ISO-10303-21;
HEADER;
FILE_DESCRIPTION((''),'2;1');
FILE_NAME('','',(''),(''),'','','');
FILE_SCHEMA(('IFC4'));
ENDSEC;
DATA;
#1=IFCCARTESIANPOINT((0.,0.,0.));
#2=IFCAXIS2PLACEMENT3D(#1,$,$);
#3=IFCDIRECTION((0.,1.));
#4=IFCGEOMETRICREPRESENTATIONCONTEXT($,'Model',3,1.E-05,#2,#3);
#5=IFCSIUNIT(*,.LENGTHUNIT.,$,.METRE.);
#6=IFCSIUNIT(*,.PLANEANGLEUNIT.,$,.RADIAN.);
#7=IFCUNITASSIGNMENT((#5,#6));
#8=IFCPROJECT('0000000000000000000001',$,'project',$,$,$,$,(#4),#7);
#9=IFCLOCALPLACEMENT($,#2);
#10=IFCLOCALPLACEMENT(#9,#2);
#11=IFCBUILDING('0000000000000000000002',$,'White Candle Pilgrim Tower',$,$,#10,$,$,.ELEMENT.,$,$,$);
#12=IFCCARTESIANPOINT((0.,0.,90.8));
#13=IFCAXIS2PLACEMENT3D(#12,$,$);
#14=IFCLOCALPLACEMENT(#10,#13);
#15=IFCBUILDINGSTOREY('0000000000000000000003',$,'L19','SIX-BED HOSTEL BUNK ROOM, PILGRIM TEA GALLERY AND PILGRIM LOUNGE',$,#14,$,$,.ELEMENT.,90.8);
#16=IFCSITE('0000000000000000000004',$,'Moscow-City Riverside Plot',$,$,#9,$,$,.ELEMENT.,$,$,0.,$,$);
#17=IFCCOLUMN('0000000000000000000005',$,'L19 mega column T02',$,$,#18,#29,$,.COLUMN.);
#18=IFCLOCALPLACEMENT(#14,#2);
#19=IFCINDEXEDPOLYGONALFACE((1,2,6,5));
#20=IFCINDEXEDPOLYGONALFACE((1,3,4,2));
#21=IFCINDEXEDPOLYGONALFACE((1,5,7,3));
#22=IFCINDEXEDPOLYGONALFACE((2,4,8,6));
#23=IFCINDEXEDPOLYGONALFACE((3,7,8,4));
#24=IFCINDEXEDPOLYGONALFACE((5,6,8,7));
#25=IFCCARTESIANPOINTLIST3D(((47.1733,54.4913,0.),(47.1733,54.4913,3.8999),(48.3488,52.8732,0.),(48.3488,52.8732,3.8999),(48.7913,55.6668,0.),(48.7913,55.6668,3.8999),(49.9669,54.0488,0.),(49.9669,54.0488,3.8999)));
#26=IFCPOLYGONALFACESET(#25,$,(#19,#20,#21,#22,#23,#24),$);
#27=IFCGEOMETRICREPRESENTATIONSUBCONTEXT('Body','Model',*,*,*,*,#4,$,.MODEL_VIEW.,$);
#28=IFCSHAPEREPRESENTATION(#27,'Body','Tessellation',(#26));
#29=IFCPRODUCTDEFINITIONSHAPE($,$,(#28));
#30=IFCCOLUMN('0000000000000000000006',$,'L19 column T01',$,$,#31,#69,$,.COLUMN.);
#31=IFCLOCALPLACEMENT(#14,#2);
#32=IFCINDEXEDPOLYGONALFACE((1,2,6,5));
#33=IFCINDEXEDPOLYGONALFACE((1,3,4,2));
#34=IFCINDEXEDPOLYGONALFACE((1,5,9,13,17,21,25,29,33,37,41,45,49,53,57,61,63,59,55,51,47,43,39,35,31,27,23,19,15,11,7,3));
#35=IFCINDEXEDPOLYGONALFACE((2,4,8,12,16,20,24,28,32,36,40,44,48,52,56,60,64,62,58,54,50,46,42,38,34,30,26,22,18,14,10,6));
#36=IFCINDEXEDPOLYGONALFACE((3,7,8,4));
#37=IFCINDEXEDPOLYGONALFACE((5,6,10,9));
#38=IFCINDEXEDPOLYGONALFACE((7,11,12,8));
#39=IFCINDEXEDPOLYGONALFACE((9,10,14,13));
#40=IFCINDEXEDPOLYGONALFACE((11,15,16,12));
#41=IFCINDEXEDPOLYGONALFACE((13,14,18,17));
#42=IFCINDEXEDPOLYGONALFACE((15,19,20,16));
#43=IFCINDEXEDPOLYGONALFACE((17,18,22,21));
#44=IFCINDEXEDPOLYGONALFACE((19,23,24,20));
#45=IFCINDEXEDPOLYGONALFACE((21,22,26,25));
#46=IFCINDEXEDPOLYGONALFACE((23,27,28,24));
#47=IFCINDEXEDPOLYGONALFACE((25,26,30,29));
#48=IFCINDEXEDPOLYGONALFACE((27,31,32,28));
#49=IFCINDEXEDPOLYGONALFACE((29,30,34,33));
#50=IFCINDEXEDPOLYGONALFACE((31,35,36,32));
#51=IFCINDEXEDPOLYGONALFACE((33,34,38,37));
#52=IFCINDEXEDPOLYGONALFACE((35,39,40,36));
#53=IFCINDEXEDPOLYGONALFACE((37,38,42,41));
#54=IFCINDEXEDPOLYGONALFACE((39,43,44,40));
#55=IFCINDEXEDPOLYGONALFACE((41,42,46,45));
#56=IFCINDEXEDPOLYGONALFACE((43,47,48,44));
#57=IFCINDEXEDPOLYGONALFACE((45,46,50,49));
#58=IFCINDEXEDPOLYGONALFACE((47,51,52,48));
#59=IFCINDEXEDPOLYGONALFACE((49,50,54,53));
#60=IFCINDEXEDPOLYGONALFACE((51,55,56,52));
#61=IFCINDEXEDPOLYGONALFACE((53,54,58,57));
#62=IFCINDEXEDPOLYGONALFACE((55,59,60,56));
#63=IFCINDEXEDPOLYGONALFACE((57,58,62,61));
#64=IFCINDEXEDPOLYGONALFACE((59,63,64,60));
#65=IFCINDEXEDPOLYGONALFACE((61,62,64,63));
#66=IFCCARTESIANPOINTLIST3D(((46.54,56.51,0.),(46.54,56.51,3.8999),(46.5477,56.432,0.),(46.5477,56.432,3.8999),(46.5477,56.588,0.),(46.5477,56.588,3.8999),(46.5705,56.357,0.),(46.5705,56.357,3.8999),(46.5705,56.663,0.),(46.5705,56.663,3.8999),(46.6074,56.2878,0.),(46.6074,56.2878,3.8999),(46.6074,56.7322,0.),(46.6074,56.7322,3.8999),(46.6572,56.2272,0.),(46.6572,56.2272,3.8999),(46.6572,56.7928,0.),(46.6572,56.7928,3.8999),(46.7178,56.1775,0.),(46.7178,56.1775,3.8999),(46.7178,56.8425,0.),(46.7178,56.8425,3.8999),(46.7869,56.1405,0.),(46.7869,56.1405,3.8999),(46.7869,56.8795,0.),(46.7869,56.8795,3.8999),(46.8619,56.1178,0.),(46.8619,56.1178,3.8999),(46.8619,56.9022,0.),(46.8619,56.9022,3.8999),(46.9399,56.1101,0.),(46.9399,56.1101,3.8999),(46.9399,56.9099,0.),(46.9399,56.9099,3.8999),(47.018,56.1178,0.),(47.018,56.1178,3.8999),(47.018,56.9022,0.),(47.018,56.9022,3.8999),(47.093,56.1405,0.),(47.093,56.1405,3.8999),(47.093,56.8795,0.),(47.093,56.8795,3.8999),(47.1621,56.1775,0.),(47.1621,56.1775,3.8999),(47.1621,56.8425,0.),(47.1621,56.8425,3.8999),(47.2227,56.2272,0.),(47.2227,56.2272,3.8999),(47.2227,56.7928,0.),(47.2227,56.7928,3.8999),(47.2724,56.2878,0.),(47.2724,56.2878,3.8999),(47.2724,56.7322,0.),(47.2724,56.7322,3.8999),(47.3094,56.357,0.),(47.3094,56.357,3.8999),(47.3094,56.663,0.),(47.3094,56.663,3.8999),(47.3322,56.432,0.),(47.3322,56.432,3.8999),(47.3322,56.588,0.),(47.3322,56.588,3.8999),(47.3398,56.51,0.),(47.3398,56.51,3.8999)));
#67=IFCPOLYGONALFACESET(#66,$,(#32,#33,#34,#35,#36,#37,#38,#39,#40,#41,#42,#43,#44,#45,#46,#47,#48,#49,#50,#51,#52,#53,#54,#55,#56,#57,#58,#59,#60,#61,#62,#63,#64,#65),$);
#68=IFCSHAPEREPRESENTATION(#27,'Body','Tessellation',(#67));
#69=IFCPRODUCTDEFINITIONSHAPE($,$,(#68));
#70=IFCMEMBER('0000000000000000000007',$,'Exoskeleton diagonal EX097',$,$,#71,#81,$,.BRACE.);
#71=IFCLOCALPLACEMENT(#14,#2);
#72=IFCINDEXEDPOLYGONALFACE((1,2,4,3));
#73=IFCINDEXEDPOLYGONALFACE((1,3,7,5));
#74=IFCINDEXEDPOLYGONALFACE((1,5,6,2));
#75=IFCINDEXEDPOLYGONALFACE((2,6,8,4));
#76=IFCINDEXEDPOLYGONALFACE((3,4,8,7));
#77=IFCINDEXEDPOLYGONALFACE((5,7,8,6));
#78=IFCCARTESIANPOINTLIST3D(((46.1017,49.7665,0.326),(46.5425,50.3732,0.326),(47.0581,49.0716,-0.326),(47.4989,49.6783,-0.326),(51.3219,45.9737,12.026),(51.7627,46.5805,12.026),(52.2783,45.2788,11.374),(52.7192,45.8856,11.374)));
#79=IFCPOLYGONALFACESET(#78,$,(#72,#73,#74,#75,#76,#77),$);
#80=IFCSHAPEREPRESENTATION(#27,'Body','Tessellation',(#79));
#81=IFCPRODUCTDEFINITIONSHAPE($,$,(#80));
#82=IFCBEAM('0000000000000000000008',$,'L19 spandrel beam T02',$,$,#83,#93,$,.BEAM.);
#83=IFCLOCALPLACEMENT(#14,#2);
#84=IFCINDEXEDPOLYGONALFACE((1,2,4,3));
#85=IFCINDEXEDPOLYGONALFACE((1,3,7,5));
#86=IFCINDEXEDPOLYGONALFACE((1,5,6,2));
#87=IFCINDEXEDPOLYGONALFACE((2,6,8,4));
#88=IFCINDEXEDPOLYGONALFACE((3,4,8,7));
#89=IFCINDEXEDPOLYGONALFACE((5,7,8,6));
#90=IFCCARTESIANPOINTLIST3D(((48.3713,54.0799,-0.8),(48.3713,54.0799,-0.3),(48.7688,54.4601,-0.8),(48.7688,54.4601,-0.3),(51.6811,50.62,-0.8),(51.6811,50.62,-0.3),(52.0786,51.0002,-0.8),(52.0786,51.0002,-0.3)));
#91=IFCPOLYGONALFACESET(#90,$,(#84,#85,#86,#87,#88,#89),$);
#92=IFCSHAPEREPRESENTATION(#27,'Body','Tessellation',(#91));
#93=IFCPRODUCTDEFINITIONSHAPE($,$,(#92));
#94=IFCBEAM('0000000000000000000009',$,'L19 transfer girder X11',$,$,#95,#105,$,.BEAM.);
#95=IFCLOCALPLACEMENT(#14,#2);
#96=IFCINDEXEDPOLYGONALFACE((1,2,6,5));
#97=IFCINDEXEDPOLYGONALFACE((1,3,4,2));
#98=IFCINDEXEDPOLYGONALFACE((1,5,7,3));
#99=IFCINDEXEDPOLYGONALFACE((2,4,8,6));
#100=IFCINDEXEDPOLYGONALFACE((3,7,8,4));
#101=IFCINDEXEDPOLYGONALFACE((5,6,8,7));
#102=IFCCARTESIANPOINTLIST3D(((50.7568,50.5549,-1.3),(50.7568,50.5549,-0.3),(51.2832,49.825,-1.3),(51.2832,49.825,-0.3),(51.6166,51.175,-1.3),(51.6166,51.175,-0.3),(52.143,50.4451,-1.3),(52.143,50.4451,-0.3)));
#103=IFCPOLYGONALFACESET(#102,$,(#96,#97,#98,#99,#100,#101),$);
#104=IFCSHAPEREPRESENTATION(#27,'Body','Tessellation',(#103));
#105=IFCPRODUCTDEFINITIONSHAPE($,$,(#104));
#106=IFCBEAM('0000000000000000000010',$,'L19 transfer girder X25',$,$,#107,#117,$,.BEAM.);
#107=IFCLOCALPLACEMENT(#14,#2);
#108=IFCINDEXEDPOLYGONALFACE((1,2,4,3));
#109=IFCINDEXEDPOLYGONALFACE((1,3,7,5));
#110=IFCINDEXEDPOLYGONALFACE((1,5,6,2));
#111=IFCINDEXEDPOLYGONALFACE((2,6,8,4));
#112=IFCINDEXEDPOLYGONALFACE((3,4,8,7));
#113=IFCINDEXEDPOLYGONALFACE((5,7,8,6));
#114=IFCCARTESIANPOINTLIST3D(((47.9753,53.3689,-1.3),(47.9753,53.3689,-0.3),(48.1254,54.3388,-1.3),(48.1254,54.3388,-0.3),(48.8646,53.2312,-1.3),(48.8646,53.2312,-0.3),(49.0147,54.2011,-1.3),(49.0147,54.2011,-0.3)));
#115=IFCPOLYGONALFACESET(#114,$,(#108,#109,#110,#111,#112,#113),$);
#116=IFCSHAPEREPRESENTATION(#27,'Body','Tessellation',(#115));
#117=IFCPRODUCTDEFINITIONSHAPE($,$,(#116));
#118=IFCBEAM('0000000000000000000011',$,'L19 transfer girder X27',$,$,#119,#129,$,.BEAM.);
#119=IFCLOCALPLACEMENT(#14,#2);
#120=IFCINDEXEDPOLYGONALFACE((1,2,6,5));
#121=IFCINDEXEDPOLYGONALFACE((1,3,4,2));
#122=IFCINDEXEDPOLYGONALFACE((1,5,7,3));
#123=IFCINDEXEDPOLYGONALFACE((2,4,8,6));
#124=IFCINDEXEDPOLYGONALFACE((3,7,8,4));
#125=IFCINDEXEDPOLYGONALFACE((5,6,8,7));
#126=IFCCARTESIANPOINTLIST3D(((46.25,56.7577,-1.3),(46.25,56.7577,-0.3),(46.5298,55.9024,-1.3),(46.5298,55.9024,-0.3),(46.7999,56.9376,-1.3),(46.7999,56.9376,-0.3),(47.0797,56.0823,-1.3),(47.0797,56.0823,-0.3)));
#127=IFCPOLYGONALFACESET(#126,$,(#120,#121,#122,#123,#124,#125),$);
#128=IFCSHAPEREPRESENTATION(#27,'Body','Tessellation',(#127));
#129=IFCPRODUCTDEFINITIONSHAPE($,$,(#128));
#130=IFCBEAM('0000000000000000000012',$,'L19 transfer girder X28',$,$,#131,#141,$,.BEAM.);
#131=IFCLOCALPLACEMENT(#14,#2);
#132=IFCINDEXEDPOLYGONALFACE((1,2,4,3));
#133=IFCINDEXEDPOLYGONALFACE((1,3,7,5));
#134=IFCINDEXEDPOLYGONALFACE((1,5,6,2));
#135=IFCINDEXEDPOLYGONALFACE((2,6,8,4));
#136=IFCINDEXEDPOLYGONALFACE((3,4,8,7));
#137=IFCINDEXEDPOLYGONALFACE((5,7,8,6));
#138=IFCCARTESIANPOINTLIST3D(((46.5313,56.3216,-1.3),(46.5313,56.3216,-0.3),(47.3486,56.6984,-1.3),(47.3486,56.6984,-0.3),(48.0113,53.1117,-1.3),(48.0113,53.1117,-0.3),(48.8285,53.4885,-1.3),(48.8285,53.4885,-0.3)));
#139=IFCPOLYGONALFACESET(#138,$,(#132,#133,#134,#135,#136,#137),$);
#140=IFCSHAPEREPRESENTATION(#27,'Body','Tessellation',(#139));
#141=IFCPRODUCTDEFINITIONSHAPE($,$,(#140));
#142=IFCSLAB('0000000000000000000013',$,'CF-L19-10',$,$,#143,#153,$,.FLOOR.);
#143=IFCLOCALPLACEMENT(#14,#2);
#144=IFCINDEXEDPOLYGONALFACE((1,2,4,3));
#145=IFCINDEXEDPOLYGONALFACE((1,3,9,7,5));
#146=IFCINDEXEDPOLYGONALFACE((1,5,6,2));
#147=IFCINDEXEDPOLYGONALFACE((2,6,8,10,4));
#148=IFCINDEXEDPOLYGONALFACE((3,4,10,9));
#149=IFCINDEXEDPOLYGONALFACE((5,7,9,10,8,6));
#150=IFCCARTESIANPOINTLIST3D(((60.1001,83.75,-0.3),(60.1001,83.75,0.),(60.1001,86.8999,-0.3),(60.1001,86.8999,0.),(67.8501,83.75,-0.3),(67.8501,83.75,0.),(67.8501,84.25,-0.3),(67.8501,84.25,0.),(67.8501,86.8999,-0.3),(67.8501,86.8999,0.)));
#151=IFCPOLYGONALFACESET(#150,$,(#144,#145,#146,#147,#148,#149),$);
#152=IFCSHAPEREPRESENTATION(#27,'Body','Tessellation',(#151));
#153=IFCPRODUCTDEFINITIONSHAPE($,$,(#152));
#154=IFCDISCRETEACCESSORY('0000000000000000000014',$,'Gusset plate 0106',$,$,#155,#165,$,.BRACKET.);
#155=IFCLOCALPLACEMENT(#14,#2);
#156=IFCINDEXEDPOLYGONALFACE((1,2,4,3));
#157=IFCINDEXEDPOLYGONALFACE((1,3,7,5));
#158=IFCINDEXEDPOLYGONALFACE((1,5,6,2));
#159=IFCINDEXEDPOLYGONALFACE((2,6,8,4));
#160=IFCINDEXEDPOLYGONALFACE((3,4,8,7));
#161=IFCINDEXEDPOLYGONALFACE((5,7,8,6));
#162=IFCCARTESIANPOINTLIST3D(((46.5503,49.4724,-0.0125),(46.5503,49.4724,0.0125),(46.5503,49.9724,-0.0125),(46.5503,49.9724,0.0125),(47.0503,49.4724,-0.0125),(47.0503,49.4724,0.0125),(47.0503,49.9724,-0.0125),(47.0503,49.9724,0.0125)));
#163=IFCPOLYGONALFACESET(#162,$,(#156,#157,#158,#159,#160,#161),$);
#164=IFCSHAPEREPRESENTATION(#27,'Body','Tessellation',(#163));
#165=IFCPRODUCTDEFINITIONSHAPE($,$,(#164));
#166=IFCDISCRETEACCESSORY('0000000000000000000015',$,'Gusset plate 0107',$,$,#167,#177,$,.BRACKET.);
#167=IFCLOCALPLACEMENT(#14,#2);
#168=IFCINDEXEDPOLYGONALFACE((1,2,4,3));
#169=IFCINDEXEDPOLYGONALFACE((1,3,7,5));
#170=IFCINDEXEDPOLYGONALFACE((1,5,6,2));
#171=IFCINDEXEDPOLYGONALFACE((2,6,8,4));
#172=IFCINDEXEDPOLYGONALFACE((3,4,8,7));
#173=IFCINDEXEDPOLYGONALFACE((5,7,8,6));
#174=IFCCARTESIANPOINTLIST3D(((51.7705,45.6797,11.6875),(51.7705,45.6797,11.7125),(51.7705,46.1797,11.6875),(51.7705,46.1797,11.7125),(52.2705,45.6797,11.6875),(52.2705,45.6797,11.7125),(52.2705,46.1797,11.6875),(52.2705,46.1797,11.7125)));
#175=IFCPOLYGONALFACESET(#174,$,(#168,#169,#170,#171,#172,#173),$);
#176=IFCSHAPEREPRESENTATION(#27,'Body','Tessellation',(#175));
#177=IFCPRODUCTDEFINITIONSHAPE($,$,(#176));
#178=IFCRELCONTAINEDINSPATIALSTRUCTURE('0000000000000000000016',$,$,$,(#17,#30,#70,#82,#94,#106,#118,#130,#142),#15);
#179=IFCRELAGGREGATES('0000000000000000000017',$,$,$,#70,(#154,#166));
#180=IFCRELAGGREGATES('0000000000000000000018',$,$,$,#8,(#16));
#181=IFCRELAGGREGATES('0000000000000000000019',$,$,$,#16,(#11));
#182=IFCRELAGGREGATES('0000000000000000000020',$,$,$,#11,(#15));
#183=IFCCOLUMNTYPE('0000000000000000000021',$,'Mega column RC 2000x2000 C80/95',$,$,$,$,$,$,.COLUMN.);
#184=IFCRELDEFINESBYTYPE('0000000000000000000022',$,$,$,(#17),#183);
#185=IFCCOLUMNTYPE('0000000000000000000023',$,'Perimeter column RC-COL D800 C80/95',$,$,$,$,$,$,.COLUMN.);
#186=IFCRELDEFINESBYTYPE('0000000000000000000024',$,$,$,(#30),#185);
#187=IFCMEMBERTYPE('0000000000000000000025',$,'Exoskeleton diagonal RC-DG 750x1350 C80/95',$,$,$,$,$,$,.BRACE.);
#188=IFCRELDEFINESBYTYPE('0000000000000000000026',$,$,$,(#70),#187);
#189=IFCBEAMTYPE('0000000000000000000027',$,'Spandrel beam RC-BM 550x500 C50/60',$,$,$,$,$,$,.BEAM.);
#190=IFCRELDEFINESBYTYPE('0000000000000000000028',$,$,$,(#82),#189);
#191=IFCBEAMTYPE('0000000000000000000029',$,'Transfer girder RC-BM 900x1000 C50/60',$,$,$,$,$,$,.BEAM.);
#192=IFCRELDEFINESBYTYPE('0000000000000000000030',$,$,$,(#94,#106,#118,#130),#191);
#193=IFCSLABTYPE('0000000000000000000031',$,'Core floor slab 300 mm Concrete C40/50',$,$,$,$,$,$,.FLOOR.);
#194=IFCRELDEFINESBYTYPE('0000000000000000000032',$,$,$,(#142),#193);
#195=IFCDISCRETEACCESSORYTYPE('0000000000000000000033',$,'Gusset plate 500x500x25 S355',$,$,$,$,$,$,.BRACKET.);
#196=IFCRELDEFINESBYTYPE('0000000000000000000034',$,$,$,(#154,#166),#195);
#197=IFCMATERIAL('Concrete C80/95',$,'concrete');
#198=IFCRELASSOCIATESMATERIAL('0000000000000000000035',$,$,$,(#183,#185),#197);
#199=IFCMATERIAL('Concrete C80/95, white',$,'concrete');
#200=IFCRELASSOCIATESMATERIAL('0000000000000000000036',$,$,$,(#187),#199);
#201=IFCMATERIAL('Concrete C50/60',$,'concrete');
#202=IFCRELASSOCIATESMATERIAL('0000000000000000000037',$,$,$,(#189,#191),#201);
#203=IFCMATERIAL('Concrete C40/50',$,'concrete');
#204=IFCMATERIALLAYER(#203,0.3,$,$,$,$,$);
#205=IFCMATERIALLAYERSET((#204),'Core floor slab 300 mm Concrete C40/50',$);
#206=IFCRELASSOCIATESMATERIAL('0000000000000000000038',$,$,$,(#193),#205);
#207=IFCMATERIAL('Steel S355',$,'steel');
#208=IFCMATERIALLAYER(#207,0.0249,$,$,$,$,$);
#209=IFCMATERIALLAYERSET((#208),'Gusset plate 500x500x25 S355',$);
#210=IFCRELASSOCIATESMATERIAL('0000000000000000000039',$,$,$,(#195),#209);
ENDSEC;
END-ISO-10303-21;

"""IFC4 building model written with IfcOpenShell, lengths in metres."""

from ifc_helpers import new_model, si_unit, direction, frame, origin, origin_2d, place, context, subcontext, project, spatial, polyline, rectangle, circle, outline, extrude, material, layer, layer_set, material_profile, profile_set, type_object, element, aggregate, save


model = new_model("IFC4")

# Units and contexts
model_context = context("Model", 3, precision=1e-05, world=origin(), true_north=direction((0.0, 1.0)))
body_context = subcontext(model_context, "Body", "Model", "MODEL_VIEW")
ifc_project = project(units=[si_unit("LENGTHUNIT", "METRE"), si_unit("PLANEANGLEUNIT", "RADIAN")], contexts=[model_context])

# Site, building, storey
site_placement = place(None, origin())
site = spatial("IfcSite", under=ifc_project, at=site_placement, Name="Moscow-City Riverside Plot", CompositionType="ELEMENT", RefElevation=0.0)
building_placement = place(site_placement, origin())
building = spatial("IfcBuilding", under=site, at=building_placement, Name="White Candle Pilgrim Tower", CompositionType="ELEMENT")
storey_placement = place(building_placement, frame((0.0, 0.0, 90.8)))
storey = spatial("IfcBuildingStorey", under=building, at=storey_placement, Name="L19", Description="SIX-BED HOSTEL BUNK ROOM, PILGRIM TEA GALLERY AND PILGRIM LOUNGE", CompositionType="ELEMENT", Elevation=90.8)

# Columns
ifc_material_1 = material(Name="Concrete C80/95", Category="concrete")
ifc_material_profile_1 = material_profile(ifc_material_1, rectangle(XDim=2.0, YDim=2.0, at=origin_2d()), Name="RC 2000x2000")
ifc_profile_set_1 = profile_set([ifc_material_profile_1], Name="Concrete C80/95")
column_type_1 = type_object("IfcColumnType", Name="Mega column RC 2000x2000 C80/95", PredefinedType="COLUMN", material=ifc_profile_set_1)
column_1_placement = place(storey_placement, frame((48.5701, 54.27, 0.0), z_axis=(0.0, 0.0, 1.0), x_axis=(-0.809017, -0.587785, 0.0)))
element("IfcColumn", 1, at=column_1_placement, inside=storey, type_object=column_type_1, Name="L19 mega column T02", PredefinedType="COLUMN", context=body_context, shape_type="SweptSolid", body=[
    extrude(rectangle(XDim=2.0, YDim=2.0, at=origin_2d()), origin(), (0.0, 0.0, 1.0), 3.8999),
])
ifc_material_profile_2 = material_profile(ifc_material_1, circle(Radius=0.3999, at=origin_2d()), Name="RC-COL D800")
ifc_profile_set_2 = profile_set([ifc_material_profile_2], Name="Concrete C80/95")
column_type_2 = type_object("IfcColumnType", Name="Perimeter column RC-COL D800 C80/95", PredefinedType="COLUMN", material=ifc_profile_set_2)
column_2_placement = place(storey_placement, frame((46.9399, 56.51, 0.0), z_axis=(0.0, 0.0, 1.0), x_axis=(1.0, 0.0, 0.0)))
element("IfcColumn", 2, at=column_2_placement, inside=storey, type_object=column_type_2, Name="L19 column T01", PredefinedType="COLUMN", context=body_context, shape_type="SweptSolid", body=[
    extrude(circle(Radius=0.3999, at=origin_2d()), origin(), (0.0, 0.0, 1.0), 3.8999),
])

# Member
ifc_material_2 = material(Name="Concrete C80/95, white", Category="concrete")
ifc_material_profile_3 = material_profile(ifc_material_2, rectangle(XDim=0.75, YDim=1.3501, at=origin_2d()), Name="RC-DG 750x1350")
ifc_profile_set_3 = profile_set([ifc_material_profile_3], Name="Concrete C80/95, white")
member_type = type_object("IfcMemberType", Name="Exoskeleton diagonal RC-DG 750x1350 C80/95", PredefinedType="BRACE", material=ifc_profile_set_3)
member_placement = place(storey_placement, frame((46.8003, 49.7224, 0.0), z_axis=(0.390697, -0.283859, 0.87566), x_axis=(0.587787, 0.809016, 0.0)))
member = element("IfcMember", 3, at=member_placement, inside=storey, type_object=member_type, Name="Exoskeleton diagonal EX097", PredefinedType="BRACE", context=body_context, shape_type="SweptSolid", body=[
    extrude(rectangle(XDim=0.75, YDim=1.3501, at=origin_2d()), origin(), (0.0, 0.0, 1.0), 13.3613),
])

# Beams
ifc_material_3 = material(Name="Concrete C50/60", Category="concrete")
ifc_material_profile_4 = material_profile(ifc_material_3, rectangle(XDim=0.55, YDim=0.5, at=origin_2d()), Name="RC-BM 550x500")
ifc_profile_set_4 = profile_set([ifc_material_profile_4], Name="Concrete C50/60")
beam_type_1 = type_object("IfcBeamType", Name="Spandrel beam RC-BM 550x500 C50/60", PredefinedType="BEAM", material=ifc_profile_set_4)
beam_1_placement = place(storey_placement, frame((48.5701, 54.27, -0.55), z_axis=(0.691254, -0.722612, 0.0), x_axis=(0.722612, 0.691254, 0.0)))
element("IfcBeam", 4, at=beam_1_placement, inside=storey, type_object=beam_type_1, Name="L19 spandrel beam T02", PredefinedType="BEAM", context=body_context, shape_type="SweptSolid", body=[
    extrude(rectangle(XDim=0.55, YDim=0.5, at=origin_2d()), origin(), (0.0, 0.0, 1.0), 4.7881),
])
ifc_material_profile_5 = material_profile(ifc_material_3, rectangle(XDim=0.8999, YDim=1.0, at=origin_2d()), Name="RC-BM 900x1000")
ifc_profile_set_5 = profile_set([ifc_material_profile_5], Name="Concrete C50/60")
beam_type_2 = type_object("IfcBeamType", Name="Transfer girder RC-BM 900x1000 C50/60", PredefinedType="BEAM", material=ifc_profile_set_5)
beam_2_placement = place(storey_placement, frame((51.02, 50.1899, -0.8), z_axis=(0.81108, 0.584935, 0.0), x_axis=(-0.584935, 0.81108, 0.0)))
element("IfcBeam", 5, at=beam_2_placement, inside=storey, type_object=beam_type_2, Name="L19 transfer girder X11", PredefinedType="BEAM", context=body_context, shape_type="SweptSolid", body=[
    extrude(rectangle(XDim=0.8999, YDim=1.0, at=origin_2d()), origin(), (0.0, 0.0, 1.0), 1.0601),
])
beam_3_placement = place(storey_placement, frame((48.4199, 53.3, -0.8), z_axis=(0.152973, 0.98823, 0.0), x_axis=(-0.98823, 0.152973, 0.0)))
element("IfcBeam", 6, at=beam_3_placement, inside=storey, type_object=beam_type_2, Name="L19 transfer girder X25", PredefinedType="BEAM", context=body_context, shape_type="SweptSolid", body=[
    extrude(rectangle(XDim=0.8999, YDim=1.0, at=origin_2d()), origin(), (0.0, 0.0, 1.0), 0.9814),
])
beam_4_placement = place(storey_placement, frame((46.3899, 56.3301, -0.8), z_axis=(0.95044, 0.310907, 0.0), x_axis=(-0.310907, 0.95044, 0.0)))
element("IfcBeam", 7, at=beam_4_placement, inside=storey, type_object=beam_type_2, Name="L19 transfer girder X27", PredefinedType="BEAM", context=body_context, shape_type="SweptSolid", body=[
    extrude(rectangle(XDim=0.8999, YDim=1.0, at=origin_2d()), origin(), (0.0, 0.0, 1.0), 0.5786),
])
beam_5_placement = place(storey_placement, frame((46.9399, 56.51, -0.8), z_axis=(0.418699, -0.908125, 0.0), x_axis=(0.908125, 0.418699, 0.0)))
element("IfcBeam", 8, at=beam_5_placement, inside=storey, type_object=beam_type_2, Name="L19 transfer girder X28", PredefinedType="BEAM", context=body_context, shape_type="SweptSolid", body=[
    extrude(rectangle(XDim=0.8999, YDim=1.0, at=origin_2d()), origin(), (0.0, 0.0, 1.0), 3.5347),
])

# Slab
ifc_material_4 = material(Name="Concrete C40/50", Category="concrete")
ifc_layer_1 = layer(ifc_material_4, 0.3)
ifc_layer_set_1 = layer_set([ifc_layer_1], Name="Core floor slab 300 mm Concrete C40/50")
slab_type_1 = type_object("IfcSlabType", Name="Core floor slab 300 mm Concrete C40/50", PredefinedType="FLOOR", material=ifc_layer_set_1)
slab_1_placement = place(storey_placement, frame((0.0, 0.0, -0.3)))
element("IfcSlab", 9, at=slab_1_placement, inside=storey, type_object=slab_type_1, Name="CF-L19-10", PredefinedType="FLOOR", context=body_context, shape_type="SweptSolid", body=[
    extrude(outline(polyline([(60.1001, 86.8999), (67.8501, 86.8999), (67.8501, 84.25), (67.8501, 83.75), (60.1001, 83.75), (60.1001, 86.8999)])), origin(), (0.0, 0.0, 1.0), 0.3),
])

# Discrete accessories
ifc_material_5 = material(Name="Steel S355", Category="steel")
ifc_layer_2 = layer(ifc_material_5, 0.0249)
ifc_layer_set_2 = layer_set([ifc_layer_2], Name="Gusset plate 500x500x25 S355")
discrete_accessory_type = type_object("IfcDiscreteAccessoryType", Name="Gusset plate 500x500x25 S355", PredefinedType="BRACKET", material=ifc_layer_set_2)
discrete_accessory_1_placement = place(storey_placement, frame((46.8003, 49.7224, -0.0125), z_axis=(0.0, 0.0, 1.0), x_axis=(1.0, 0.0, 0.0)))
discrete_accessory_1 = element("IfcDiscreteAccessory", 10, at=discrete_accessory_1_placement, type_object=discrete_accessory_type, Name="Gusset plate 0106", PredefinedType="BRACKET", context=body_context, shape_type="SweptSolid", body=[
    extrude(rectangle(XDim=0.5, YDim=0.5, at=origin_2d()), origin(), (0.0, 0.0, 1.0), 0.0249),
])
placement = place(building_placement, frame((0.0, 0.0, 102.5)))
discrete_accessory_2_placement = place(placement, frame((52.0205, 45.9297, -0.0125), z_axis=(0.0, 0.0, 1.0), x_axis=(1.0, 0.0, 0.0)))
discrete_accessory_2 = element("IfcDiscreteAccessory", 11, at=discrete_accessory_2_placement, type_object=discrete_accessory_type, Name="Gusset plate 0107", PredefinedType="BRACKET", context=body_context, shape_type="SweptSolid", body=[
    extrude(rectangle(XDim=0.5, YDim=0.5, at=origin_2d()), origin(), (0.0, 0.0, 1.0), 0.0249),
])
aggregate(member, [discrete_accessory_1, discrete_accessory_2])

save(model, "model.ifc")
